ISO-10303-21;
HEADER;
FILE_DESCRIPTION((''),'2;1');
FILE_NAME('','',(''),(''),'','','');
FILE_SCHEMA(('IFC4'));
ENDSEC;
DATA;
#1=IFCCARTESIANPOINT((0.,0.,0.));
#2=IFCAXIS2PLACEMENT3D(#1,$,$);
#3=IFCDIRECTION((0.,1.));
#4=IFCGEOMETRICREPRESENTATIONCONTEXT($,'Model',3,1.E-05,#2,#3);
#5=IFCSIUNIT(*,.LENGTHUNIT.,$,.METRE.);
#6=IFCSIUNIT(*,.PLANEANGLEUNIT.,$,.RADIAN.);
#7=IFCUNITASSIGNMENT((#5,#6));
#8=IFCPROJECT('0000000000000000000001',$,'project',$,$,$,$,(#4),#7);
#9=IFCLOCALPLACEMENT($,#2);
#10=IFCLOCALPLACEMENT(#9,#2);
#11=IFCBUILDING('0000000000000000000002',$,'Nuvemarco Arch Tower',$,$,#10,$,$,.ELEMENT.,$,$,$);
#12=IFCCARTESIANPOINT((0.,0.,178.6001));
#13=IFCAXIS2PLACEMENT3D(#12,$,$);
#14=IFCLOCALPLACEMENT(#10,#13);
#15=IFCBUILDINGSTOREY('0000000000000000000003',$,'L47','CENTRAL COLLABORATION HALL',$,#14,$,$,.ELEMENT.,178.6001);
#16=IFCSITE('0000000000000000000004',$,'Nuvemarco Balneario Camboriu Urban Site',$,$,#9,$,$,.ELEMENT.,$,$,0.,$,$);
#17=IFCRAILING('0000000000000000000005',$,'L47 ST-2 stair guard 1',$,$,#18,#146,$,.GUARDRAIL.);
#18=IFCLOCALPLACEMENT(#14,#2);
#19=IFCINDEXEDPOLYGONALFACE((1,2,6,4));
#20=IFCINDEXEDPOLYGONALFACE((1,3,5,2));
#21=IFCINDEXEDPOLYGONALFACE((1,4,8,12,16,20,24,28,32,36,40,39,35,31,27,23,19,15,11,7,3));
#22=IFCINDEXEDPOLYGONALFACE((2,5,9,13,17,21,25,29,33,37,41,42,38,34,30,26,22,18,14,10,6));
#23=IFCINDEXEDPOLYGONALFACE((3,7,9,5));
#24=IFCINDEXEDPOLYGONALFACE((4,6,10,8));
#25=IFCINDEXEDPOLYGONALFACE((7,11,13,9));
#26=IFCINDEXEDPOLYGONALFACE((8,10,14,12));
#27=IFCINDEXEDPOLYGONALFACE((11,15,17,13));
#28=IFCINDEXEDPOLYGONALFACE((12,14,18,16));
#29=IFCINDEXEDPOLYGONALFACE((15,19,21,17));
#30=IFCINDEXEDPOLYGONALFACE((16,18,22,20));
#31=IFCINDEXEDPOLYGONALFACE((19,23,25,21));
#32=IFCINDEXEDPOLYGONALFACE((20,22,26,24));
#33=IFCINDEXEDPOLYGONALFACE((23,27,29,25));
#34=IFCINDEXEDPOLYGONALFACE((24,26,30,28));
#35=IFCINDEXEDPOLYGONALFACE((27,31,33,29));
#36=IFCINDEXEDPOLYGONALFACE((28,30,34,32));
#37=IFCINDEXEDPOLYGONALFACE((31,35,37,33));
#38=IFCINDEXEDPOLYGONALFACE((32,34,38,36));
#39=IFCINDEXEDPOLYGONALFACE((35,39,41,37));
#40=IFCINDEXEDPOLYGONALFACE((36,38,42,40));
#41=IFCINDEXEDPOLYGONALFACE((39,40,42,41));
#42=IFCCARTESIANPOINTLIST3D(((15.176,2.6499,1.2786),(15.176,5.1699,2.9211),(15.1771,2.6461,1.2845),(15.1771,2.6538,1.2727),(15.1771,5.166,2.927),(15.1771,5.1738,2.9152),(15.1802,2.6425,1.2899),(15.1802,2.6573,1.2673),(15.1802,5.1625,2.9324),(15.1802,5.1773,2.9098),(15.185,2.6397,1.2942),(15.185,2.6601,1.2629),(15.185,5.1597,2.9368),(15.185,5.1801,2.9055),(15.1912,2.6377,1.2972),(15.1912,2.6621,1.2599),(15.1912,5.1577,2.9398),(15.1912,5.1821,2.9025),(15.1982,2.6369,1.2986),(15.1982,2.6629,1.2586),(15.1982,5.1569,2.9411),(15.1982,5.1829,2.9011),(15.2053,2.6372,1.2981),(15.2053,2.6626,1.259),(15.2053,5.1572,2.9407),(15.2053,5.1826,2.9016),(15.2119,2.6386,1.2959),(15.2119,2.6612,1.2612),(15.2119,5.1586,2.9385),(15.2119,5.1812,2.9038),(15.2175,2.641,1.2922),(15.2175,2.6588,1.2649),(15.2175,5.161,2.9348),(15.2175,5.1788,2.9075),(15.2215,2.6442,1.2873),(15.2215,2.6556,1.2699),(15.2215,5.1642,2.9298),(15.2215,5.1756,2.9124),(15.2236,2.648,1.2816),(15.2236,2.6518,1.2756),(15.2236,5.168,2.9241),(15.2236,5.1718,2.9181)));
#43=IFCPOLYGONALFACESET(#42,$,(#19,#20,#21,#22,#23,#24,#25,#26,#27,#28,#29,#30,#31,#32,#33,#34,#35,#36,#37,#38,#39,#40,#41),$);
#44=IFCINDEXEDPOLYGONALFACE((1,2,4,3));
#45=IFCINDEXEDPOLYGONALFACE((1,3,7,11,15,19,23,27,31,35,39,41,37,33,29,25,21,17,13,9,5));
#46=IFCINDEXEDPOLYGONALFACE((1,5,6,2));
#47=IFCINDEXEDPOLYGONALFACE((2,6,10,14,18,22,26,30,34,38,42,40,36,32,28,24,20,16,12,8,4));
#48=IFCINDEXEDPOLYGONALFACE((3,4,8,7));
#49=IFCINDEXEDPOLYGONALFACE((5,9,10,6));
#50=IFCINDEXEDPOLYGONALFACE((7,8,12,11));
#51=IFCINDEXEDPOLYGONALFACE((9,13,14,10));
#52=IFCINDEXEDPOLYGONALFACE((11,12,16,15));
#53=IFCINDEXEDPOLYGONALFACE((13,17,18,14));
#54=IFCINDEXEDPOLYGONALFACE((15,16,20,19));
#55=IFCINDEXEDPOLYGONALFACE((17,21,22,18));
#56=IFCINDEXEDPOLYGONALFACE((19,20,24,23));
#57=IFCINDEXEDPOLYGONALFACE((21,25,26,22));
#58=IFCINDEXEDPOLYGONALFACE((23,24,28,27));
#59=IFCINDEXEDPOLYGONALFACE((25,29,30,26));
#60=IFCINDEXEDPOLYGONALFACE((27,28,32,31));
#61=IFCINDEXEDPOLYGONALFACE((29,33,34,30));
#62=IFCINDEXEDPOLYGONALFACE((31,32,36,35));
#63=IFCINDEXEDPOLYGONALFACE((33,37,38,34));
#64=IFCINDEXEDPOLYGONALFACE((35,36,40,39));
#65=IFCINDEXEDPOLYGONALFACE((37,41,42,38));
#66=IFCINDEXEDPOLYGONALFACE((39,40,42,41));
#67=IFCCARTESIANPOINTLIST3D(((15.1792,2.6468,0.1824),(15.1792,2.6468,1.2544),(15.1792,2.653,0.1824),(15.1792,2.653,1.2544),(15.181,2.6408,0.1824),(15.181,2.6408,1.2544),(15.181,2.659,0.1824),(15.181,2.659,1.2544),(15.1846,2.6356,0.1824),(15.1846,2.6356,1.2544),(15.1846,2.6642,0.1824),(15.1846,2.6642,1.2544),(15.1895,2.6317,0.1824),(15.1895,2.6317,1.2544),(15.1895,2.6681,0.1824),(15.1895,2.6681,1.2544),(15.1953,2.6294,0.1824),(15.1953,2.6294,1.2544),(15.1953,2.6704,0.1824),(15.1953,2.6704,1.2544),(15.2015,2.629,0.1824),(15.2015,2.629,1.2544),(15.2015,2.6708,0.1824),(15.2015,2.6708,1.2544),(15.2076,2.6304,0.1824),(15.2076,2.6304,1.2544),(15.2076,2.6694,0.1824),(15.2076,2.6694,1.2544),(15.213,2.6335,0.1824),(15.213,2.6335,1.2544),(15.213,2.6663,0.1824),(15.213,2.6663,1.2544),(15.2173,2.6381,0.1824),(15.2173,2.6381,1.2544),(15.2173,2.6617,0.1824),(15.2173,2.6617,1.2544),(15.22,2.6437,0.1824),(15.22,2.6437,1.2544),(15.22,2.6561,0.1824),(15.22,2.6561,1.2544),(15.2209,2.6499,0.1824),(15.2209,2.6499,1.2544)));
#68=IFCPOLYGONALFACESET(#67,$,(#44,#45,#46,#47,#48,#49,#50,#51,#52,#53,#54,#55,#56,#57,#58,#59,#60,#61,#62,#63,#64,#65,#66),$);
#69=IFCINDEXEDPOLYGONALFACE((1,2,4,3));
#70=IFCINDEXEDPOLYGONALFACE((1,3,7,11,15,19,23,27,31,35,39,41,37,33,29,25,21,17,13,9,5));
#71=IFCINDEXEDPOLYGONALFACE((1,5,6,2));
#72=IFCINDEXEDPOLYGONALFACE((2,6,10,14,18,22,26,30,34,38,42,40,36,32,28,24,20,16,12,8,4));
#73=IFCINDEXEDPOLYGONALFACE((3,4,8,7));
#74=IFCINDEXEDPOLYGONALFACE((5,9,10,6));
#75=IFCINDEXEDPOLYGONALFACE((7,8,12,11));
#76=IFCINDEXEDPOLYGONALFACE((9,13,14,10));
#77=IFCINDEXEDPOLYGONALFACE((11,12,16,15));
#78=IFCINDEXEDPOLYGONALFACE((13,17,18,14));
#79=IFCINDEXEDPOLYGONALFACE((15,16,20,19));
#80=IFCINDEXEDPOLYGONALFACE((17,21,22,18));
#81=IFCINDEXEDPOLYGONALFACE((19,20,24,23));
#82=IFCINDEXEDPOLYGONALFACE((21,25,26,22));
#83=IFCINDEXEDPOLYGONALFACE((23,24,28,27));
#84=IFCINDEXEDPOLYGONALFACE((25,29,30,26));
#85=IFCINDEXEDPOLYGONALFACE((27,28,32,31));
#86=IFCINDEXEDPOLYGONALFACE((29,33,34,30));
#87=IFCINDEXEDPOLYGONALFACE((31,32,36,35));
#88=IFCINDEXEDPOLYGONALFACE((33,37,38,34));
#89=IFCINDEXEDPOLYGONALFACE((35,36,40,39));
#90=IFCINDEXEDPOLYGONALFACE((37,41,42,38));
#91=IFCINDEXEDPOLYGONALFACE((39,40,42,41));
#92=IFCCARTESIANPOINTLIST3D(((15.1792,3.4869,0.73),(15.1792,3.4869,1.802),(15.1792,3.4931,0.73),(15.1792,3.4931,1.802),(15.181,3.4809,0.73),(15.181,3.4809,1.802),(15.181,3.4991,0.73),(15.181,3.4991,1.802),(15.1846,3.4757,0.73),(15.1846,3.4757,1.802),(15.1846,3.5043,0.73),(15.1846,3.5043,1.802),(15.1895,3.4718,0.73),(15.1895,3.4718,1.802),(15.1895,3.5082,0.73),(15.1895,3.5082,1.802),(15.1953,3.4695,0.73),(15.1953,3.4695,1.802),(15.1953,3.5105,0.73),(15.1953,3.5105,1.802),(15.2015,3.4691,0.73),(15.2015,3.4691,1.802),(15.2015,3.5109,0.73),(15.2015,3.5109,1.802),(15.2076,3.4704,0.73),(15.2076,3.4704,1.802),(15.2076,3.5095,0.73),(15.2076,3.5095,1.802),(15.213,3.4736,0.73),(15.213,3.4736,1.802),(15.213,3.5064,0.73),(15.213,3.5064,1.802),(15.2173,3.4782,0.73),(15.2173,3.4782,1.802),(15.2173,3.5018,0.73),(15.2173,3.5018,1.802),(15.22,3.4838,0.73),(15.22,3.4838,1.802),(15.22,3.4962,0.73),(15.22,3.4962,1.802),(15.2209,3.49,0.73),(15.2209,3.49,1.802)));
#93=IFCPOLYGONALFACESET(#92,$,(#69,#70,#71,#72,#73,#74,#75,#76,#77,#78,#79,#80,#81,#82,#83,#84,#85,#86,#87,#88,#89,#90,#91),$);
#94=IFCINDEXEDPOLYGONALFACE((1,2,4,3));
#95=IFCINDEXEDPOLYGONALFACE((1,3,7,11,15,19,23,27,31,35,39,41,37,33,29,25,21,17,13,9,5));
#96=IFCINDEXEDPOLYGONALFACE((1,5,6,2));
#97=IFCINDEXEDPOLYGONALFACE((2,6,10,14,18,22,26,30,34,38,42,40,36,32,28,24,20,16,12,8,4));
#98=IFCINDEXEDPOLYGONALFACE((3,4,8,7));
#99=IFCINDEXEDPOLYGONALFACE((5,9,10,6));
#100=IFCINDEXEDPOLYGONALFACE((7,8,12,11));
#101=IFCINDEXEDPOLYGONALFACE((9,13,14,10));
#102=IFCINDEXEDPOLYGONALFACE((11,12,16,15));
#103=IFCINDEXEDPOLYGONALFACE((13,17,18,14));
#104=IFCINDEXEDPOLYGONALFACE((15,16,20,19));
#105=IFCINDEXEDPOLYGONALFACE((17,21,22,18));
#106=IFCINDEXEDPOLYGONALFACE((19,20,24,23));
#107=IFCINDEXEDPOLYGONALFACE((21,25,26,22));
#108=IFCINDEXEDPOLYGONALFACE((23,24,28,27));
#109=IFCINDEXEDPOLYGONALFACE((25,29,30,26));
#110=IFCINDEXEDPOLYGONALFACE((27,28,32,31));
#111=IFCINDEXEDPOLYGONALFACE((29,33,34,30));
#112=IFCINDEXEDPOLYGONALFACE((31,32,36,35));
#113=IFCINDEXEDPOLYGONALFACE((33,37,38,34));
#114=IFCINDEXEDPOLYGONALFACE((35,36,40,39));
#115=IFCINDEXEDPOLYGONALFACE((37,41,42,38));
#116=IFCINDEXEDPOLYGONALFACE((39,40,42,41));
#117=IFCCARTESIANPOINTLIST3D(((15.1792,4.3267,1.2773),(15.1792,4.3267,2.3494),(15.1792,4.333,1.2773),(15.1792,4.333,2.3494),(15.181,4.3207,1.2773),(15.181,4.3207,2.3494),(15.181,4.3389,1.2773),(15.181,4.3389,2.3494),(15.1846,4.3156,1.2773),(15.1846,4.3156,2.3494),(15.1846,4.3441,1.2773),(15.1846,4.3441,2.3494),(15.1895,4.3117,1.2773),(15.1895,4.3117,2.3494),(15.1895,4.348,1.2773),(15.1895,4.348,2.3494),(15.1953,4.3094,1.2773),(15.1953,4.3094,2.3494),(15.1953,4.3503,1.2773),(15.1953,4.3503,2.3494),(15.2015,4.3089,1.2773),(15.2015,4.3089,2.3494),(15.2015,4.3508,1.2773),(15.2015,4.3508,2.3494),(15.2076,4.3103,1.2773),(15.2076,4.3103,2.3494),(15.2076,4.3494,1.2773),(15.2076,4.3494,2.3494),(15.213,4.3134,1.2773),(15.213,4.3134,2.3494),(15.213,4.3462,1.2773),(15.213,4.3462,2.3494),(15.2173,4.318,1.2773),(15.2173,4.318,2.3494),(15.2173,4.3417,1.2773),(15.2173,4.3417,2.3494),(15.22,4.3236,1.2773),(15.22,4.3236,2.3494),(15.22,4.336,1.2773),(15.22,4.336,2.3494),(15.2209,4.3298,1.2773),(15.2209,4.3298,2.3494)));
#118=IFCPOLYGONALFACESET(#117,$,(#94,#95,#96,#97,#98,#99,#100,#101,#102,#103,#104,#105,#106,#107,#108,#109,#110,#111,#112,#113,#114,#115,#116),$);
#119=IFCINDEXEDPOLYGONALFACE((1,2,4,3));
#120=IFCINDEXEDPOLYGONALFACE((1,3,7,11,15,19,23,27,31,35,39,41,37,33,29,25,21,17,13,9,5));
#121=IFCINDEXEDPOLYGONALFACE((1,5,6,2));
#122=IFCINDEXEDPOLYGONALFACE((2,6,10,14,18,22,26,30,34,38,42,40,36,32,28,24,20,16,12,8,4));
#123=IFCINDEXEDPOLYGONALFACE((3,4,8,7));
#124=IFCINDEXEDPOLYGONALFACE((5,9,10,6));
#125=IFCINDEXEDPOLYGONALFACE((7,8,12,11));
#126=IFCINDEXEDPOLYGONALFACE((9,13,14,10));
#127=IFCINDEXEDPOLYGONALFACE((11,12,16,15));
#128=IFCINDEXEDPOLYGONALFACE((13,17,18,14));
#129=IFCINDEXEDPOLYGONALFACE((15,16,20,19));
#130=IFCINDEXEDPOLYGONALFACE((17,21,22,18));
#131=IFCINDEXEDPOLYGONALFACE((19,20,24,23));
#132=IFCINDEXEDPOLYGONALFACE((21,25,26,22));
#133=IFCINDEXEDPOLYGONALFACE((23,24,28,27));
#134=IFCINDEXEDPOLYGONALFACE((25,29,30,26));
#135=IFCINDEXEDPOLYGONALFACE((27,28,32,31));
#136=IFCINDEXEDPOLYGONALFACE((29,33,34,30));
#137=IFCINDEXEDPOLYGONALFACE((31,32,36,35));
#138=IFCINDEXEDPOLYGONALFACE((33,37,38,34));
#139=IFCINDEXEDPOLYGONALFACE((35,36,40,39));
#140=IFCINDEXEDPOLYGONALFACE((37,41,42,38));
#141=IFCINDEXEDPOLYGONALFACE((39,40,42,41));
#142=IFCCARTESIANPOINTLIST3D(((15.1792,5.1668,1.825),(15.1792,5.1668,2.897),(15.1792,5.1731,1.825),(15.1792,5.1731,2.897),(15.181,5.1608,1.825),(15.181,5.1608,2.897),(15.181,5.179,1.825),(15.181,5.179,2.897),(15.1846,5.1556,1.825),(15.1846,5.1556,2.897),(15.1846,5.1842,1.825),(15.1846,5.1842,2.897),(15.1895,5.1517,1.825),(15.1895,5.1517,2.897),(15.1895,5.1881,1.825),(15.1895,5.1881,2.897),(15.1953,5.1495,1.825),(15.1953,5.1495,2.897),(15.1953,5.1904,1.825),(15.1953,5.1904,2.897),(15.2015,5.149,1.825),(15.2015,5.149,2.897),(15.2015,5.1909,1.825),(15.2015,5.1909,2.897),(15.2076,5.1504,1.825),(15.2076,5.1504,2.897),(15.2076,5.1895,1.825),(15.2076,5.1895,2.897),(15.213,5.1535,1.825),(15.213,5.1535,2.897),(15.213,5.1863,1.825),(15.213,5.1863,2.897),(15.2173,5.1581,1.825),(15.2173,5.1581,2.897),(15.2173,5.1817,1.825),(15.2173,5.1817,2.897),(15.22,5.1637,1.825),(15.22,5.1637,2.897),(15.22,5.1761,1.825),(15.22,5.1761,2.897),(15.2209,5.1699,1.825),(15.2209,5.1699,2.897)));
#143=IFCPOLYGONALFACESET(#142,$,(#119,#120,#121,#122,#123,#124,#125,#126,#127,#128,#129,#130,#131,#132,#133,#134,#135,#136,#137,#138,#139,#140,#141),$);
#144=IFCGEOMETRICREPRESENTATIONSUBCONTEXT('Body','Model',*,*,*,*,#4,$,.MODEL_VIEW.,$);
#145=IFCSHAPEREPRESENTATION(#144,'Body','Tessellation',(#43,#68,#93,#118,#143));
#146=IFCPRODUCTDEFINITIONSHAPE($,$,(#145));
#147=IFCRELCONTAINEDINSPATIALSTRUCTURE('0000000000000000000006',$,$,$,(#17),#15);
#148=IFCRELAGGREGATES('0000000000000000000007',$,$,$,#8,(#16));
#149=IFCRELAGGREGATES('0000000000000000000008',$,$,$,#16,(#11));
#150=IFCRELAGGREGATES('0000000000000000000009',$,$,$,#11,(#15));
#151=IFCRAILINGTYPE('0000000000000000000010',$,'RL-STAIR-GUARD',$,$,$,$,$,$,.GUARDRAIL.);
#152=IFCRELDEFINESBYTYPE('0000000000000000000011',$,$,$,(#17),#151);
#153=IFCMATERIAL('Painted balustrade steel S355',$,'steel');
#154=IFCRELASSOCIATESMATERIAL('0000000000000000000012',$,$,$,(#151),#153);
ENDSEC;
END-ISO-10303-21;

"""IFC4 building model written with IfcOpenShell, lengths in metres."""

from ifc_helpers import new_model, si_unit, direction, frame, origin, origin_2d, place, context, subcontext, project, spatial, circle, extrude, material, type_object, element, save


model = new_model("IFC4")

# Units and contexts
model_context = context("Model", 3, precision=1e-05, world=origin(), true_north=direction((0.0, 1.0)))
body_context = subcontext(model_context, "Body", "Model", "MODEL_VIEW")
ifc_project = project(units=[si_unit("LENGTHUNIT", "METRE"), si_unit("PLANEANGLEUNIT", "RADIAN")], contexts=[model_context])

# Site, building, storey
site_placement = place(None, origin())
site = spatial("IfcSite", under=ifc_project, at=site_placement, Name="Nuvemarco Balneario Camboriu Urban Site", CompositionType="ELEMENT", RefElevation=0.0)
building_placement = place(site_placement, origin())
building = spatial("IfcBuilding", under=site, at=building_placement, Name="Nuvemarco Arch Tower", CompositionType="ELEMENT")
storey_placement = place(building_placement, frame((0.0, 0.0, 178.6001)))
storey = spatial("IfcBuildingStorey", under=building, at=storey_placement, Name="L47", Description="CENTRAL COLLABORATION HALL", CompositionType="ELEMENT", Elevation=178.6001)

# Railing
ifc_material_1 = material(Name="Painted balustrade steel S355", Category="steel")
railing_type_1 = type_object("IfcRailingType", Name="RL-STAIR-GUARD", PredefinedType="GUARDRAIL", material=ifc_material_1)
railing_1_placement = place(storey_placement, frame((15.2, 2.6499, 0.1824)))
element("IfcRailing", 1, at=railing_1_placement, inside=storey, type_object=railing_type_1, Name="L47 ST-2 stair guard 1", PredefinedType="GUARDRAIL", context=body_context, shape_type="SweptSolid", body=[
    extrude(circle(Radius=0.0239, at=origin_2d()), frame((0.0, 0.0, 1.0962), z_axis=(0.0, 0.837749, 0.546055), x_axis=(-1.0, 0.0, 0.0)), (0.0, 0.0, 1.0), 3.0081),
    extrude(circle(Radius=0.021, at=origin_2d()), origin(), (0.0, 0.0, 1.0), 1.072),
    extrude(circle(Radius=0.021, at=origin_2d()), frame((0.0, 0.8401, 0.5476)), (0.0, 0.0, 1.0), 1.072),
    extrude(circle(Radius=0.021, at=origin_2d()), frame((0.0, 1.6799, 1.095)), (0.0, 0.0, 1.0), 1.072),
    extrude(circle(Radius=0.021, at=origin_2d()), frame((0.0, 2.52, 1.6426)), (0.0, 0.0, 1.0), 1.072),
])

save(model, "model.ifc")
